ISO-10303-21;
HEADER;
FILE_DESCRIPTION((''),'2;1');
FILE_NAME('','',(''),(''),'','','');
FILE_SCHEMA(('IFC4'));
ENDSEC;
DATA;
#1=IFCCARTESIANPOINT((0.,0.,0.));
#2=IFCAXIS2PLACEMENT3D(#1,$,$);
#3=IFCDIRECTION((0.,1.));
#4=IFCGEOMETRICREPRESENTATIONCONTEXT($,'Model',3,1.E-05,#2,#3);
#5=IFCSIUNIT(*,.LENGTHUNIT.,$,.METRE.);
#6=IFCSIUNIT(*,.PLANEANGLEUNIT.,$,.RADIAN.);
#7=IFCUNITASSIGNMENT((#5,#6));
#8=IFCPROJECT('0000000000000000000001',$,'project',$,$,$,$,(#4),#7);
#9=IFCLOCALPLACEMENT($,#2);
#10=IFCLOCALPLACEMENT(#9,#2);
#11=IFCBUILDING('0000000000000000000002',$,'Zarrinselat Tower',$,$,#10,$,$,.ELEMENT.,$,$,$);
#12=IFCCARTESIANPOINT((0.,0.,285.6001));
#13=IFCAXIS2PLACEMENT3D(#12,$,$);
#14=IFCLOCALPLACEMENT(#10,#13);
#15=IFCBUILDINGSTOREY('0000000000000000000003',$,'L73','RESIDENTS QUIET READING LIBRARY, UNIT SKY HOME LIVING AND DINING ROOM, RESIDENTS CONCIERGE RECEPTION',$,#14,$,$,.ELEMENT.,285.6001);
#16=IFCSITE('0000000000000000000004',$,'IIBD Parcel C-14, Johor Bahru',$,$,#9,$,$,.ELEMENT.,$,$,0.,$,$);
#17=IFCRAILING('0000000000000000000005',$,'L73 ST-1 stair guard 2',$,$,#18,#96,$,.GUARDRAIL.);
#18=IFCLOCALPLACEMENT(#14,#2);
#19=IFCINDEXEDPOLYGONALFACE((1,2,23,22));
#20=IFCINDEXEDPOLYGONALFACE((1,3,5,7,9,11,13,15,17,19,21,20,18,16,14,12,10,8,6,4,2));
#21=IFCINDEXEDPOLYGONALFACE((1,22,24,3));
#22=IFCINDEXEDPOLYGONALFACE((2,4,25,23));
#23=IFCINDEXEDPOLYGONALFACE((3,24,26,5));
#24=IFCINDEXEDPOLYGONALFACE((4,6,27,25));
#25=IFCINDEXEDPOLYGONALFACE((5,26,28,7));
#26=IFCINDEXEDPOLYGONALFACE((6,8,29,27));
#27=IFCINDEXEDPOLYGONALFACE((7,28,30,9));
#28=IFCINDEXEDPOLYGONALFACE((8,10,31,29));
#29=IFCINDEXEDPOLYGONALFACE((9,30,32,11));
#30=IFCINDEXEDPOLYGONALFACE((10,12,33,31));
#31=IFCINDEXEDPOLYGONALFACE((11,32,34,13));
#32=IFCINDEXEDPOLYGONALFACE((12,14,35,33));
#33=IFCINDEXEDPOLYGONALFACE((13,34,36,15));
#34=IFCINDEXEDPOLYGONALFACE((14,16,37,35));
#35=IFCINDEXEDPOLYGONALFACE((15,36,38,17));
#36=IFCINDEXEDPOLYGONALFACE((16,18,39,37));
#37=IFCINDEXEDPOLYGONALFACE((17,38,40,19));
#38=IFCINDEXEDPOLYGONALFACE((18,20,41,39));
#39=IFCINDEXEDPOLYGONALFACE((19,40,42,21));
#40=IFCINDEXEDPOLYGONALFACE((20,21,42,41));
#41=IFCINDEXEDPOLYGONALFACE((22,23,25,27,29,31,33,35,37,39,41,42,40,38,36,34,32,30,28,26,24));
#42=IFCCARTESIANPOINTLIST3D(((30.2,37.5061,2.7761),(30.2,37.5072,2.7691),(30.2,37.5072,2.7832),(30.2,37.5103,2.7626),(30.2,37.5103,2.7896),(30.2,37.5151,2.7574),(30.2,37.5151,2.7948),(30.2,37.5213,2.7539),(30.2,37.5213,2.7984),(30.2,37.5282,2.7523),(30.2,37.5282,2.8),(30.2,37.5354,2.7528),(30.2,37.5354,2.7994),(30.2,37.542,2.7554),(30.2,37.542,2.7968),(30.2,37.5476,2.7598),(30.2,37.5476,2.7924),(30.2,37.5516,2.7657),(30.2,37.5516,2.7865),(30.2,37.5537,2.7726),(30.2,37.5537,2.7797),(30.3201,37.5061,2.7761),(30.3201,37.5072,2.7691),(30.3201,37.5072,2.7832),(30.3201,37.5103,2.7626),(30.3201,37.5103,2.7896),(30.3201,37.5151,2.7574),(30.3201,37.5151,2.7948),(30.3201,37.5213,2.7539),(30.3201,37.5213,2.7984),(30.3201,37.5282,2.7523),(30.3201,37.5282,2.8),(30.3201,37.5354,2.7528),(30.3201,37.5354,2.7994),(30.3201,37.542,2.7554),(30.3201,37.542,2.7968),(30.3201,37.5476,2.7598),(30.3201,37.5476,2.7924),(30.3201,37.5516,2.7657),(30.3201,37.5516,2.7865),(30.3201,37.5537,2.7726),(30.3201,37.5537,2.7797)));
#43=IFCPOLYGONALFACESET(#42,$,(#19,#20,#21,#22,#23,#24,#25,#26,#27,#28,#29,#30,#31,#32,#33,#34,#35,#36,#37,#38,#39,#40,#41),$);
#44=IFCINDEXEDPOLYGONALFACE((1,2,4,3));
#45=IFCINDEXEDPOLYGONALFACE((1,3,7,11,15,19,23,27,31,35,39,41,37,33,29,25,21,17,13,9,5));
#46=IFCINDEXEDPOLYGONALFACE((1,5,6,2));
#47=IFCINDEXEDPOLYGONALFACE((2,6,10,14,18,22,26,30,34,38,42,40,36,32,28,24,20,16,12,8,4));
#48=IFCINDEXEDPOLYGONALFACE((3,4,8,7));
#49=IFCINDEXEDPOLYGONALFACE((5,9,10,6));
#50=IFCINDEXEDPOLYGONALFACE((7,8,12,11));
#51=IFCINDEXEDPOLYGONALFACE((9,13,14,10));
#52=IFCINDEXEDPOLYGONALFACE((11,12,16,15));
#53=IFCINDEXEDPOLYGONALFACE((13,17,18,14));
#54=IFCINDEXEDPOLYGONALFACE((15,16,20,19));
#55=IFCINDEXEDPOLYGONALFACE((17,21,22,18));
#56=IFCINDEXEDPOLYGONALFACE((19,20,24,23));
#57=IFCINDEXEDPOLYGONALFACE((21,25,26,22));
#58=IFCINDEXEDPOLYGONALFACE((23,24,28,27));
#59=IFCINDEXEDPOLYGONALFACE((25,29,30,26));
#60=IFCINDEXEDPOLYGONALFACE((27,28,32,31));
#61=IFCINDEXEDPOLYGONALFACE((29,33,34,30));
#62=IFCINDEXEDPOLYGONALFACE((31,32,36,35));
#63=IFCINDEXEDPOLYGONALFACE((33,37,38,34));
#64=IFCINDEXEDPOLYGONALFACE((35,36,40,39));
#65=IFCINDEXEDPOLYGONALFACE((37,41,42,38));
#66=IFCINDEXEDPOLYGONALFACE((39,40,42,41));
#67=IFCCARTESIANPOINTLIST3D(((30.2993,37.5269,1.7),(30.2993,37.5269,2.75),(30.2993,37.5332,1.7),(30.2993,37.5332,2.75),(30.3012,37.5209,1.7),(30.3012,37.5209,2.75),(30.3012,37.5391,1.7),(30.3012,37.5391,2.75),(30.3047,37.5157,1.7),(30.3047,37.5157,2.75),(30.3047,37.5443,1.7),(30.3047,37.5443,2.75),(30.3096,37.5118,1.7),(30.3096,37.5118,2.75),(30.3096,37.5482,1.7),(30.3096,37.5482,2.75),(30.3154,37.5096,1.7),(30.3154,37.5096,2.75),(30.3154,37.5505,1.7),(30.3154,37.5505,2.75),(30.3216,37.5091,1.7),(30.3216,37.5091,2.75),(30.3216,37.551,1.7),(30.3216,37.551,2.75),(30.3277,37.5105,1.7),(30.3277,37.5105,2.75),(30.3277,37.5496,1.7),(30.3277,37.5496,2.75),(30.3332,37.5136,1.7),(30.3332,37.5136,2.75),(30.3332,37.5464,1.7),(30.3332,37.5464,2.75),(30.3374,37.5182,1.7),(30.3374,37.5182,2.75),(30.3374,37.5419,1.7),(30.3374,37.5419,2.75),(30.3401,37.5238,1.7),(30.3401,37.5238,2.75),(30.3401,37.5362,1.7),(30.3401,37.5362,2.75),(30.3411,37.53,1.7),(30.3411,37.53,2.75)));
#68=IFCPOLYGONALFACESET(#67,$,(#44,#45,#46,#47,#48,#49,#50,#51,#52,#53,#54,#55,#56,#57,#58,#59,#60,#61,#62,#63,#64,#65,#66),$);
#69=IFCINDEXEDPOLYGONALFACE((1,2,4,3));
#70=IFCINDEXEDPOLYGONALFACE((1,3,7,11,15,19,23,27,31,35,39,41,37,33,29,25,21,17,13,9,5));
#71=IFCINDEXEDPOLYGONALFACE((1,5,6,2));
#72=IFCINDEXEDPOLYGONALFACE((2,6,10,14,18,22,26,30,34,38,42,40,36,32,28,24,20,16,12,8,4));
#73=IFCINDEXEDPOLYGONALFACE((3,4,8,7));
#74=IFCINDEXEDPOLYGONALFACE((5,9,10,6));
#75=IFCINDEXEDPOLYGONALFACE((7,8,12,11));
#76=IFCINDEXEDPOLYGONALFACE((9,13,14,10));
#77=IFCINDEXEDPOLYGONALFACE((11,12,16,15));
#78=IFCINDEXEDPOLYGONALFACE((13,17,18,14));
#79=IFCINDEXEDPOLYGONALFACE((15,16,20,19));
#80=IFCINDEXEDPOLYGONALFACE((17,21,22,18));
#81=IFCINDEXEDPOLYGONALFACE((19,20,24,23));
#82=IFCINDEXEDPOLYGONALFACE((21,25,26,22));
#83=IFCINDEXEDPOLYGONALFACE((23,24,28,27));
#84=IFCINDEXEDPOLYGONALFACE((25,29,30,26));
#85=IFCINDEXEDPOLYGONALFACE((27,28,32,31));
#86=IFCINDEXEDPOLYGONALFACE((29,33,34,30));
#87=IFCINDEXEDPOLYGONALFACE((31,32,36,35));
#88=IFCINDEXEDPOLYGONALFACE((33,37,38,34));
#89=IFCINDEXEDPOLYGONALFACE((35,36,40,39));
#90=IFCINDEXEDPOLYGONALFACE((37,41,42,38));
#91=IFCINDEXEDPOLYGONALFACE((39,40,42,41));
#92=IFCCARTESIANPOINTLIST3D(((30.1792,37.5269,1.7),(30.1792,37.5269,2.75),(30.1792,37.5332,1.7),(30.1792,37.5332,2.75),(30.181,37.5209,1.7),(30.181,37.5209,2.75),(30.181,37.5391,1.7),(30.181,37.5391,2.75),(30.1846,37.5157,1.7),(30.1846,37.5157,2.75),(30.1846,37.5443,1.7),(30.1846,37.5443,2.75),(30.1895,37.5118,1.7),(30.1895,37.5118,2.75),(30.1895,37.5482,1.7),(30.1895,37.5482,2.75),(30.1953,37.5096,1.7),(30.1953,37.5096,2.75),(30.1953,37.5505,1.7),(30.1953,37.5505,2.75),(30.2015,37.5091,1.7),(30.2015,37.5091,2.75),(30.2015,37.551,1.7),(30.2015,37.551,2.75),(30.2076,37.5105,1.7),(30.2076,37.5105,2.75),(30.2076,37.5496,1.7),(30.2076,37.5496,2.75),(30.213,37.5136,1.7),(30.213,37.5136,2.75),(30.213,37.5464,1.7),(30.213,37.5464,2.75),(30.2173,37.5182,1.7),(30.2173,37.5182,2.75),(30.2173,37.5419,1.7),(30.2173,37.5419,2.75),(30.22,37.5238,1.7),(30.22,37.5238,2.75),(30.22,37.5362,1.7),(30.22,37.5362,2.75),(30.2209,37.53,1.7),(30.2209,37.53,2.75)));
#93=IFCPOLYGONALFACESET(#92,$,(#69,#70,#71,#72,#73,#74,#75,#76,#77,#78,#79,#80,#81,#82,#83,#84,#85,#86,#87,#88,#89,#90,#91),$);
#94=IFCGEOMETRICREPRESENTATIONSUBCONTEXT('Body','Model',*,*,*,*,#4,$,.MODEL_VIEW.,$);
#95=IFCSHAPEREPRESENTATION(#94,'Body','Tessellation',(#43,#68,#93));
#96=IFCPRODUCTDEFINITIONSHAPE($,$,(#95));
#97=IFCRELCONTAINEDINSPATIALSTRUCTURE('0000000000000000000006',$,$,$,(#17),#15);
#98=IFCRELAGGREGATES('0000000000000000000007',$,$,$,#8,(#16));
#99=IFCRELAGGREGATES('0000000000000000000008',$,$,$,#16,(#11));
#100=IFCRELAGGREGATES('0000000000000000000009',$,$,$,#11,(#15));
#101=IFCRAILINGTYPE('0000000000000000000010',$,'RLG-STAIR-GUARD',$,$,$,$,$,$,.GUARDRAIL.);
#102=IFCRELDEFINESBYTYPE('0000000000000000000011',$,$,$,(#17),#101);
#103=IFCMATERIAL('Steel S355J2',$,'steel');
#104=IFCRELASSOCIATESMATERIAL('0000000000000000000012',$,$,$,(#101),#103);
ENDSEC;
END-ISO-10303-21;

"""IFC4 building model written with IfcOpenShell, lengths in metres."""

from ifc_helpers import new_model, si_unit, direction, frame, origin, origin_2d, place, context, subcontext, project, spatial, circle, extrude, material, type_object, element, save


model = new_model("IFC4")

# Units and contexts
model_context = context("Model", 3, precision=1e-05, world=origin(), true_north=direction((0.0, 1.0)))
body_context = subcontext(model_context, "Body", "Model", "MODEL_VIEW")
ifc_project = project(units=[si_unit("LENGTHUNIT", "METRE"), si_unit("PLANEANGLEUNIT", "RADIAN")], contexts=[model_context])

# Site, building, storey
site_placement = place(None, origin())
site = spatial("IfcSite", under=ifc_project, at=site_placement, Name="IIBD Parcel C-14, Johor Bahru", CompositionType="ELEMENT", RefElevation=0.0)
building_placement = place(site_placement, origin())
building = spatial("IfcBuilding", under=site, at=building_placement, Name="Zarrinselat Tower", CompositionType="ELEMENT")
storey_placement = place(building_placement, frame((0.0, 0.0, 285.6001)))
storey = spatial("IfcBuildingStorey", under=building, at=storey_placement, Name="L73", Description="RESIDENTS QUIET READING LIBRARY, UNIT SKY HOME LIVING AND DINING ROOM, RESIDENTS CONCIERGE RECEPTION", CompositionType="ELEMENT", Elevation=285.6001)

# Railing
ifc_material_1 = material(Name="Steel S355J2", Category="steel")
railing_type = type_object("IfcRailingType", Name="RLG-STAIR-GUARD", PredefinedType="GUARDRAIL", material=ifc_material_1)
railing_1_placement = place(storey_placement, frame((30.3201, 37.53, 1.7)))
element("IfcRailing", 1, at=railing_1_placement, inside=storey, type_object=railing_type, Name="L73 ST-1 stair guard 2", PredefinedType="GUARDRAIL", context=body_context, shape_type="SweptSolid", body=[
    extrude(circle(Radius=0.0239, at=origin_2d()), frame((0.0, 0.0, 1.0762), z_axis=(-1.0, 0.0, 0.0), x_axis=(0.0, -1.0, 0.0)), (0.0, 0.0, 1.0), 0.1201),
    extrude(circle(Radius=0.021, at=origin_2d()), origin(), (0.0, 0.0, 1.0), 1.05),
    extrude(circle(Radius=0.021, at=origin_2d()), frame((-0.1201, 0.0, 0.0)), (0.0, 0.0, 1.0), 1.05),
])

save(model, "model.ifc")
